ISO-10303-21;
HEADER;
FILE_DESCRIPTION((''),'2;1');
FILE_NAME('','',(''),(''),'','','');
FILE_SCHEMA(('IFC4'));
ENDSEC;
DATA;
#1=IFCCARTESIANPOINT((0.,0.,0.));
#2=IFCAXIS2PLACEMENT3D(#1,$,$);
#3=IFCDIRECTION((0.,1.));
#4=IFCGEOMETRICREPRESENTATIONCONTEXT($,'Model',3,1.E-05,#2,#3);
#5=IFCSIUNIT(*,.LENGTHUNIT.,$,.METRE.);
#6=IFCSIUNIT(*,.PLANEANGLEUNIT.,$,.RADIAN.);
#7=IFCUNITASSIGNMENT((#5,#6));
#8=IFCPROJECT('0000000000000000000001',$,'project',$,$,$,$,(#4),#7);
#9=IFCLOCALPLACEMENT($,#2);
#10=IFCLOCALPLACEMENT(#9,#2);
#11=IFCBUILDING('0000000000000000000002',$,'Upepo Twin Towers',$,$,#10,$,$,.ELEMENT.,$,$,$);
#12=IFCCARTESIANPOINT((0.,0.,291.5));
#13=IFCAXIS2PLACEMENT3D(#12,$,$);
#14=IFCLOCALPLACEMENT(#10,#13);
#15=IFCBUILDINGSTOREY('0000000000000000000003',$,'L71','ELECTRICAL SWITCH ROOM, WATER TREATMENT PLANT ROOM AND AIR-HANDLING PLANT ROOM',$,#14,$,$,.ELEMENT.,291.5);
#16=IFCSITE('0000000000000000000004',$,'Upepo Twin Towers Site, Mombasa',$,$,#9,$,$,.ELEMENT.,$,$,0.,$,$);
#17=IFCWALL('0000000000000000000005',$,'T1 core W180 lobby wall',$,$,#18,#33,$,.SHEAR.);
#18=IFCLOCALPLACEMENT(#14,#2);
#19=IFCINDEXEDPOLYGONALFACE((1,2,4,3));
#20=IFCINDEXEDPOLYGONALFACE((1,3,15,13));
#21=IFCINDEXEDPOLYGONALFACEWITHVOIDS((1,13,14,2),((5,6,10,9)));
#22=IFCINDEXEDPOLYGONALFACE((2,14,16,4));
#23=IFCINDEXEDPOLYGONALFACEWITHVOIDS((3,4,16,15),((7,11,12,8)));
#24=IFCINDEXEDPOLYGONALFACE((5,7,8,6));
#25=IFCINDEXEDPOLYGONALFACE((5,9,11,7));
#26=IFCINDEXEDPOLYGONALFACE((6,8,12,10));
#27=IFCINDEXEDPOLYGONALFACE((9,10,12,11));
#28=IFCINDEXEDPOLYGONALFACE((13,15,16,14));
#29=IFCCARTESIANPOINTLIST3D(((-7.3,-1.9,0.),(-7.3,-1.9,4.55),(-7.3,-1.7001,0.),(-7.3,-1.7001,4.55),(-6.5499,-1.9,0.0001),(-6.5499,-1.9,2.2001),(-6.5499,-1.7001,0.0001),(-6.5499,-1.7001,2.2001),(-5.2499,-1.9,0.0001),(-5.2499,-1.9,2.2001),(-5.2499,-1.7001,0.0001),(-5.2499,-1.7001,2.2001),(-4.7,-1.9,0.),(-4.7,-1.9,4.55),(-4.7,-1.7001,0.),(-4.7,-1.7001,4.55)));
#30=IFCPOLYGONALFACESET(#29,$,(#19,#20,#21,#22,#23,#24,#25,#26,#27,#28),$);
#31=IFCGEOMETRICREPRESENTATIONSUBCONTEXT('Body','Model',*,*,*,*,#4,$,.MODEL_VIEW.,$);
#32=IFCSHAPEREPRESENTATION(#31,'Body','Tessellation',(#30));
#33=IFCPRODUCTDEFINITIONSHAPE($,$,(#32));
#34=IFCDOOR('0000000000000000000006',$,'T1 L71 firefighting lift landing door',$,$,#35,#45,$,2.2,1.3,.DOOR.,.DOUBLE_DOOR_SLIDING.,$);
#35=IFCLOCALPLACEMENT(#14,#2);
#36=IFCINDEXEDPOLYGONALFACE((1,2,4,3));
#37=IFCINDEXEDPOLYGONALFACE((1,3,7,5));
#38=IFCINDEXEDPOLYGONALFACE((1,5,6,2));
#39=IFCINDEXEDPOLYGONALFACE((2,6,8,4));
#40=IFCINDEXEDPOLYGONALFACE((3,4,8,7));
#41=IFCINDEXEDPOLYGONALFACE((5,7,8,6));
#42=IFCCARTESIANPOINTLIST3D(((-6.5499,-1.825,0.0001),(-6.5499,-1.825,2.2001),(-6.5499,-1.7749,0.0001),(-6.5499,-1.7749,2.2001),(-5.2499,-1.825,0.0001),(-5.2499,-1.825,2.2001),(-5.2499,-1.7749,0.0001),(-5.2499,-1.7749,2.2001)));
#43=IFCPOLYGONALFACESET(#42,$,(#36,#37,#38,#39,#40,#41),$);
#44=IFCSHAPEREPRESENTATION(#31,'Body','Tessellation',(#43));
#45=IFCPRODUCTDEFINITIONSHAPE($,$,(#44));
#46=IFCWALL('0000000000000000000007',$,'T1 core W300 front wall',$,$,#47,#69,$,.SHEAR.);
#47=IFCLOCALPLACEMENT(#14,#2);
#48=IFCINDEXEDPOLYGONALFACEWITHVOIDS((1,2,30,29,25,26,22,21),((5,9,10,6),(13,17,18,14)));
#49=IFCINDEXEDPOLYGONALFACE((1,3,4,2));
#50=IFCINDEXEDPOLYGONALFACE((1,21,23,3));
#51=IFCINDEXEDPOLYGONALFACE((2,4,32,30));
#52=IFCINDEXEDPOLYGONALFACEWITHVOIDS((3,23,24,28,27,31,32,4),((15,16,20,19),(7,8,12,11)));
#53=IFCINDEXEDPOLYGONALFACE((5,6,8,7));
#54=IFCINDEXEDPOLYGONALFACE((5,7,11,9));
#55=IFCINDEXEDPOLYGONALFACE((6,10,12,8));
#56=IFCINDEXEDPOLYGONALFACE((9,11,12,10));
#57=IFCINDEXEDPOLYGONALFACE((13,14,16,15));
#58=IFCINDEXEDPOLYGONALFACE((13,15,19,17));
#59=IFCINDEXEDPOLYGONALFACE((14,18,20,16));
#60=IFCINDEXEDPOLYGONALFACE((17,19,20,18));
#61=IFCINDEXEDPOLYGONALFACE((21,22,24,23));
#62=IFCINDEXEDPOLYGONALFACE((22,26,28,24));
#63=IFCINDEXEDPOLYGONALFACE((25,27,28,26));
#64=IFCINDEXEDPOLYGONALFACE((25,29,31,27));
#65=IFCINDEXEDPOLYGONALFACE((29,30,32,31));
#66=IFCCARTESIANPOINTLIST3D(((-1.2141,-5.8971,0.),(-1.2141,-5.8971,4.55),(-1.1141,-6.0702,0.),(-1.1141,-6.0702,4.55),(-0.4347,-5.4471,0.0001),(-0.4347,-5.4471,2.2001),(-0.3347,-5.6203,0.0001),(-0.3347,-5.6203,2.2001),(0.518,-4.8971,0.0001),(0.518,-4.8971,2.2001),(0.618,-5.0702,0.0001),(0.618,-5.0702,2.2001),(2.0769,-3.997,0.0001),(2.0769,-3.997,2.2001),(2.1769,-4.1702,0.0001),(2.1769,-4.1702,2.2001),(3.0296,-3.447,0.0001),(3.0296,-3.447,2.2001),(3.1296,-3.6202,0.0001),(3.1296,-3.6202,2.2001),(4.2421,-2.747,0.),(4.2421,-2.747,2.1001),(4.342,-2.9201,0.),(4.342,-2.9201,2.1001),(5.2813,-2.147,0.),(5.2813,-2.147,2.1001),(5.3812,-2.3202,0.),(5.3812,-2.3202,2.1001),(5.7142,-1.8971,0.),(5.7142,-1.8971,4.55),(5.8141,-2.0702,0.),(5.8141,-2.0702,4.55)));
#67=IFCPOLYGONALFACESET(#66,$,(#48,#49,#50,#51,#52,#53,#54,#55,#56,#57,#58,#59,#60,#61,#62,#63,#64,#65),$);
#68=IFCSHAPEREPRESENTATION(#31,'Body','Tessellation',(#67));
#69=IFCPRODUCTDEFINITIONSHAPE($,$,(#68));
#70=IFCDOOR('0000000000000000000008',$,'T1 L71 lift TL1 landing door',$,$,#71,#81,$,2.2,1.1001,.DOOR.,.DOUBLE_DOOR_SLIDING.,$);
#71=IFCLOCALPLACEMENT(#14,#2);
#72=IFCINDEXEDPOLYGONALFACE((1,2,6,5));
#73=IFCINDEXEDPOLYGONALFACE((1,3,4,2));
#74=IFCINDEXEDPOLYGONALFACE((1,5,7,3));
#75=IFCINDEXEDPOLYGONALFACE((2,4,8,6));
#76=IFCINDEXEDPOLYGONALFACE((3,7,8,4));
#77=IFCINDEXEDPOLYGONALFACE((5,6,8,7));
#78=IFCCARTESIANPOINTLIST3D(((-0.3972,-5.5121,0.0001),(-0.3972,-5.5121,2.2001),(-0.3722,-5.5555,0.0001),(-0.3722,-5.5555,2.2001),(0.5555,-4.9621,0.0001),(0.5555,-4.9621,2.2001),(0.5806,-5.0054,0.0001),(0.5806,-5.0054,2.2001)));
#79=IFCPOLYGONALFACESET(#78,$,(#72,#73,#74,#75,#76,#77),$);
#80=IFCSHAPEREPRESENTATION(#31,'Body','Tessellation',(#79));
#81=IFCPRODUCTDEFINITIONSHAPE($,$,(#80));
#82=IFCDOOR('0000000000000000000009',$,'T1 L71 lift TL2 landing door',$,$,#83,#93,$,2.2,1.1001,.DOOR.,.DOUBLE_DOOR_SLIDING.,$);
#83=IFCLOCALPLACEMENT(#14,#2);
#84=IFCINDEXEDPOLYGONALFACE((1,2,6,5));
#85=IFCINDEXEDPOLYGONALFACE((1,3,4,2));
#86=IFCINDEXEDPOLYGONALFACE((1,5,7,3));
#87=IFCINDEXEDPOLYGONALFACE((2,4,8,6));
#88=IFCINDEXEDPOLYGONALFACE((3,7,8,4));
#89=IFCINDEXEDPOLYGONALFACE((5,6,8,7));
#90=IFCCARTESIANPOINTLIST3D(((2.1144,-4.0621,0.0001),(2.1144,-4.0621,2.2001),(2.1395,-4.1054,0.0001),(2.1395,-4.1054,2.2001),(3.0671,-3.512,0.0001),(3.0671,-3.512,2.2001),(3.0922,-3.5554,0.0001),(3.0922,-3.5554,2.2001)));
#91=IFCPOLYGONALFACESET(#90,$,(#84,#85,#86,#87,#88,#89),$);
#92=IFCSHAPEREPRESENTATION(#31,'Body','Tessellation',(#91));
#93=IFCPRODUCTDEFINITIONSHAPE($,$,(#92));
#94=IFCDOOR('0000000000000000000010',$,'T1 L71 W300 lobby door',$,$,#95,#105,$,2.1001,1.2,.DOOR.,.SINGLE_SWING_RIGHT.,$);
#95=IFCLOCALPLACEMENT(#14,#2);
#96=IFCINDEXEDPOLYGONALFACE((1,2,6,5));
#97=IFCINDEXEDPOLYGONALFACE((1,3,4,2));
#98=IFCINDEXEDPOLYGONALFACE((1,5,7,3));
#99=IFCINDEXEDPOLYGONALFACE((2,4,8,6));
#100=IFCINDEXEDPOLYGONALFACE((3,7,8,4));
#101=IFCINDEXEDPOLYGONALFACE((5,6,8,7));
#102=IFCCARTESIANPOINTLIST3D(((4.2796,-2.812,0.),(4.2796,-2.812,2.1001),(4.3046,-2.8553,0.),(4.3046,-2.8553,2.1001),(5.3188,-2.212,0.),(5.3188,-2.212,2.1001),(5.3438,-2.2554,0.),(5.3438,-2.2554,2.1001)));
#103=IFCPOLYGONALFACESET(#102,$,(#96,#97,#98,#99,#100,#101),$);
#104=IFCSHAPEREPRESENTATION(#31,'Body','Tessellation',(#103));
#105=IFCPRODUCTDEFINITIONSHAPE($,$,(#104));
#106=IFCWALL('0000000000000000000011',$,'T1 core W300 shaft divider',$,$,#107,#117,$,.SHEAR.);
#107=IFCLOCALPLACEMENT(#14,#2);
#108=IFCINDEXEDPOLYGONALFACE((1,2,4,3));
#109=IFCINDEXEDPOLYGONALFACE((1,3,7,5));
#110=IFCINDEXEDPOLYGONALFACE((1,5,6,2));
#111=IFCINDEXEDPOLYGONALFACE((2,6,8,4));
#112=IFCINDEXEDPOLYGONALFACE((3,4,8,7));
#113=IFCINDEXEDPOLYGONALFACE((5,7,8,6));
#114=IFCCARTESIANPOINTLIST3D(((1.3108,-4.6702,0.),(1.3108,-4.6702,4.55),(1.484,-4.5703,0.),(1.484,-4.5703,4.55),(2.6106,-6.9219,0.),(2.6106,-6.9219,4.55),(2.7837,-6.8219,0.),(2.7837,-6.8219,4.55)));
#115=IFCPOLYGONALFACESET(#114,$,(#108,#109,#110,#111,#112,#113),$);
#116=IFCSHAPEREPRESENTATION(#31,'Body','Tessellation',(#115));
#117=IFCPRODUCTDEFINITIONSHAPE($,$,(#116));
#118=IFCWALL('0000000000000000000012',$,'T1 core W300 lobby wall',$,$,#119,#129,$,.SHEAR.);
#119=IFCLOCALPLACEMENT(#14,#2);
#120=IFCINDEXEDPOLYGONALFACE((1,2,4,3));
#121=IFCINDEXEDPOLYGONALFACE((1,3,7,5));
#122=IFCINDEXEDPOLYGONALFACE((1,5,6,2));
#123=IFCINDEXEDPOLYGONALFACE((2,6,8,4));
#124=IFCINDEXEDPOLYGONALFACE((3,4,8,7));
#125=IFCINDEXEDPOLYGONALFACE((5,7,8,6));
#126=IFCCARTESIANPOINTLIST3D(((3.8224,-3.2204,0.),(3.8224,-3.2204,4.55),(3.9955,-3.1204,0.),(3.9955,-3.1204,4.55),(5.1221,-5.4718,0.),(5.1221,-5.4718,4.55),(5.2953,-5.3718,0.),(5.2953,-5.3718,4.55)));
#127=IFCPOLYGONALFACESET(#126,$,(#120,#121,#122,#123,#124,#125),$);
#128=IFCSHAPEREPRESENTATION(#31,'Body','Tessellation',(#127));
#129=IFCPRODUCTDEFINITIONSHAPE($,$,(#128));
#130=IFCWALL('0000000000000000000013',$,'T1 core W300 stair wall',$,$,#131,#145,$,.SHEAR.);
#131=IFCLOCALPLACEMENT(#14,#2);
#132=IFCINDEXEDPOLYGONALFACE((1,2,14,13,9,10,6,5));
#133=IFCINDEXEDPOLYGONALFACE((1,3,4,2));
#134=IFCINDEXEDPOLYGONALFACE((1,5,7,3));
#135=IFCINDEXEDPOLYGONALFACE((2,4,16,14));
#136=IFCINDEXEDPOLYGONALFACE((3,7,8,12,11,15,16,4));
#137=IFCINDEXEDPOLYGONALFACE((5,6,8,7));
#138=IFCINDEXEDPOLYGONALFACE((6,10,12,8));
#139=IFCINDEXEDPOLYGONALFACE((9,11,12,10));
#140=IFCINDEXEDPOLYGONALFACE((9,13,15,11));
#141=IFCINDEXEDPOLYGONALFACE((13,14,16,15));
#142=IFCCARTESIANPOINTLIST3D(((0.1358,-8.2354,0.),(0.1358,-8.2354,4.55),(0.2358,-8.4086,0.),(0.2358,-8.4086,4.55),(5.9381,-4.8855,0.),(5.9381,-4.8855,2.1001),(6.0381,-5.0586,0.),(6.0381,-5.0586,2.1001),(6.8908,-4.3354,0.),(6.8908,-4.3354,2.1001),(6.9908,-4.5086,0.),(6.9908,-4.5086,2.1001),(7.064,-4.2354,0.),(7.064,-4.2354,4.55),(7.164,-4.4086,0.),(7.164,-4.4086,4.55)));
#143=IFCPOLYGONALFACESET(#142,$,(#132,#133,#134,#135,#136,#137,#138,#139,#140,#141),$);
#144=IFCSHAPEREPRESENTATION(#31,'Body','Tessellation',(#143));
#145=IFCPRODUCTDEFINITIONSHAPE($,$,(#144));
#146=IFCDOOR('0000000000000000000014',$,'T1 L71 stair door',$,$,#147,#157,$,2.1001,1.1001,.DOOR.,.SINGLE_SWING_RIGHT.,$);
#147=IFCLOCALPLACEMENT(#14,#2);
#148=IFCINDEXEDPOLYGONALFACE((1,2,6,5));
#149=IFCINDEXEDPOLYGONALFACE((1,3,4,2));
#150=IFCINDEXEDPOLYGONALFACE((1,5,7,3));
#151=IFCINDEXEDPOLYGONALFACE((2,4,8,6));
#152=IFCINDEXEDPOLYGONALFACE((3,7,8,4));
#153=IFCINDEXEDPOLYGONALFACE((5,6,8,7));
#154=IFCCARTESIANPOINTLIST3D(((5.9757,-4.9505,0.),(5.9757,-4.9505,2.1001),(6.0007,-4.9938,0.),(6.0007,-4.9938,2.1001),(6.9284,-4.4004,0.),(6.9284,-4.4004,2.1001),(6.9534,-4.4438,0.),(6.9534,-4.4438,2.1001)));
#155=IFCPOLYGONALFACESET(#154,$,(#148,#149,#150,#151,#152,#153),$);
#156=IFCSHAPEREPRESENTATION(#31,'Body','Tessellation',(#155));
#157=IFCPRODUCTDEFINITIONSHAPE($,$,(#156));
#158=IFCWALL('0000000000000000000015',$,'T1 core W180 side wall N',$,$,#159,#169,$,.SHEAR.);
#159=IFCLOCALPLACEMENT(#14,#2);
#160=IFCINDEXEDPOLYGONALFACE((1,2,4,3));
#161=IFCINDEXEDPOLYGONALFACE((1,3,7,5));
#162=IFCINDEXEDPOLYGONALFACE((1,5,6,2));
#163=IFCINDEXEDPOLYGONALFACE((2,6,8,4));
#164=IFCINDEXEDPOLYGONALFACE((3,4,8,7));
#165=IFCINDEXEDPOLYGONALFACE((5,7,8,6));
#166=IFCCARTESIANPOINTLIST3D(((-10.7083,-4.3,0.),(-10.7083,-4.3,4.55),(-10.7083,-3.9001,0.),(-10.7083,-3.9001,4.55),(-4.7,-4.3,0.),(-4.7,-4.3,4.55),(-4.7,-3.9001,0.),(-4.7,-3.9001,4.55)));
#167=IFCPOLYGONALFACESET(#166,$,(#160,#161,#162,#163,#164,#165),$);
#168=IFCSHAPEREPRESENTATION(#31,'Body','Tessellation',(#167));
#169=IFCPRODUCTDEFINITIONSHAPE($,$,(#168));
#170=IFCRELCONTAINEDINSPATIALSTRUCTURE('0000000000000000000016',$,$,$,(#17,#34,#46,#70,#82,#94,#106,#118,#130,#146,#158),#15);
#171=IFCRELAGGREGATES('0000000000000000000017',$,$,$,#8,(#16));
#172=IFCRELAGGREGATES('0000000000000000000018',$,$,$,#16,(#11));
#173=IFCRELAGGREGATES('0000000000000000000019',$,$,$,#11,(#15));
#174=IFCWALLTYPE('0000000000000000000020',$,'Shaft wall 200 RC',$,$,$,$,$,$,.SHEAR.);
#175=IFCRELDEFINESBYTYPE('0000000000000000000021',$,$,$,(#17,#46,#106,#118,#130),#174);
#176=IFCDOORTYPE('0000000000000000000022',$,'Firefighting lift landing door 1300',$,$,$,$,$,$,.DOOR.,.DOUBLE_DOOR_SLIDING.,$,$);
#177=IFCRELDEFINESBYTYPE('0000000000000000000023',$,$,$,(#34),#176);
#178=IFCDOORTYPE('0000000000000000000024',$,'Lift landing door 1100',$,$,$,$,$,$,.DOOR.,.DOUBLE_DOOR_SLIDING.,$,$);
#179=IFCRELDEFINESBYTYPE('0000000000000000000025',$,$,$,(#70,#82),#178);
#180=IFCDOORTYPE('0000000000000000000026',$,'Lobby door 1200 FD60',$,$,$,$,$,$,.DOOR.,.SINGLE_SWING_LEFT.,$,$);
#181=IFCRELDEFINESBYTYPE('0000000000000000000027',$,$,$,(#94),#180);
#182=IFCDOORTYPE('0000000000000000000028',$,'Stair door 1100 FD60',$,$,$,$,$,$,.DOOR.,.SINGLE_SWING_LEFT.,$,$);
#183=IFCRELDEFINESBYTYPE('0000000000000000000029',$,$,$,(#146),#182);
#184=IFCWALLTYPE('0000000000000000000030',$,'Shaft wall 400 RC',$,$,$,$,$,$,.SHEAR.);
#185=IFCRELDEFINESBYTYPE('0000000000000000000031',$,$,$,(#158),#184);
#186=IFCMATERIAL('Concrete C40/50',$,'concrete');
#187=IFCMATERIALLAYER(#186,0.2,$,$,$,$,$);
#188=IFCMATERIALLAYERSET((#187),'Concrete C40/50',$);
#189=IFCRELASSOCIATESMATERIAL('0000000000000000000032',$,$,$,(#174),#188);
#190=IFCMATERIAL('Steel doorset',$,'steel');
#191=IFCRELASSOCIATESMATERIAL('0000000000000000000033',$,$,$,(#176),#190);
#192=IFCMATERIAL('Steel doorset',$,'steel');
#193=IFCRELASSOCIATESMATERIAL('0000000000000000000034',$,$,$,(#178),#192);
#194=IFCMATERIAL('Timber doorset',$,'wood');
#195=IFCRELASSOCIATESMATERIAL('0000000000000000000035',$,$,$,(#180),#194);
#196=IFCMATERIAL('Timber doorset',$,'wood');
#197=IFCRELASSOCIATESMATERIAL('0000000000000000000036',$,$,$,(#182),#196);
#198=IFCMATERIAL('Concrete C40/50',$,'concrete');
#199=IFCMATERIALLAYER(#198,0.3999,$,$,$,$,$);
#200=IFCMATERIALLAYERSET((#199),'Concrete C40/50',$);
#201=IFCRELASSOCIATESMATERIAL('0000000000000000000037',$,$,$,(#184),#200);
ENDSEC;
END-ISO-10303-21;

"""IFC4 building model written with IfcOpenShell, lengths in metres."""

from ifc_helpers import new_model, si_unit, direction, frame, frame_2d, origin, place, context, subcontext, project, spatial, rectangle, extrude, material, layer, layer_set, type_object, element, fill, save


model = new_model("IFC4")

# Units and contexts
model_context = context("Model", 3, precision=1e-05, world=origin(), true_north=direction((0.0, 1.0)))
body_context = subcontext(model_context, "Body", "Model", "MODEL_VIEW")
ifc_project = project(units=[si_unit("LENGTHUNIT", "METRE"), si_unit("PLANEANGLEUNIT", "RADIAN")], contexts=[model_context])

# Site, building, storey
site_placement = place(None, origin())
site = spatial("IfcSite", under=ifc_project, at=site_placement, Name="Upepo Twin Towers Site, Mombasa", CompositionType="ELEMENT", RefElevation=0.0)
building_placement = place(site_placement, origin())
building = spatial("IfcBuilding", under=site, at=building_placement, Name="Upepo Twin Towers", CompositionType="ELEMENT")
storey_placement = place(building_placement, frame((0.0, 0.0, 291.5)))
storey = spatial("IfcBuildingStorey", under=building, at=storey_placement, Name="L71", Description="ELECTRICAL SWITCH ROOM, WATER TREATMENT PLANT ROOM AND AIR-HANDLING PLANT ROOM", CompositionType="ELEMENT", Elevation=291.5)

# Wall, opening, door
ifc_material_1 = material(Name="Concrete C40/50", Category="concrete")
ifc_layer_1 = layer(ifc_material_1, 0.2)
ifc_layer_set_1 = layer_set([ifc_layer_1], Name="Concrete C40/50")
wall_type_1 = type_object("IfcWallType", Name="Shaft wall 200 RC", PredefinedType="SHEAR", material=ifc_layer_set_1)
wall_1_placement = place(storey_placement, frame((-4.7, -1.8, 0.0), z_axis=(0.0, 0.0, 1.0), x_axis=(-1.0, 0.0, 0.0)))
wall_1 = element("IfcWall", 1, at=wall_1_placement, inside=storey, type_object=wall_type_1, Name="T1 core W180 lobby wall", PredefinedType="SHEAR", context=body_context, shape_type="SweptSolid", body=[
    extrude(rectangle(XDim=2.6001, YDim=0.2, at=frame_2d((1.3, 0.0))), origin(), (0.0, 0.0, 1.0), 4.55),
])
opening_1_placement = place(wall_1_placement, frame((0.55, 0.0, 0.0)))
opening_1 = element("IfcOpeningElement", 2, at=opening_1_placement, cuts=wall_1, PredefinedType="OPENING", context=body_context, shape_type="SweptSolid", body=[
    extrude(rectangle(XDim=1.3, YDim=2.2, at=frame_2d((0.6499, 1.1001))), frame((0.0, 0.1099, 0.0), z_axis=(0.0, -1.0, 0.0), x_axis=(1.0, 0.0, 0.0)), (0.0, 0.0, 1.0), 0.22),
])
ifc_material_2 = material(Name="Steel doorset", Category="steel")
door_type_1 = type_object("IfcDoorType", Name="Firefighting lift landing door 1300", OperationType="DOUBLE_DOOR_SLIDING", PredefinedType="DOOR", material=ifc_material_2)
door_1_placement = place(opening_1_placement, origin())
door_1 = element("IfcDoor", 3, at=door_1_placement, inside=storey, type_object=door_type_1, Name="T1 L71 firefighting lift landing door", OperationType="DOUBLE_DOOR_SLIDING", OverallHeight=2.2, OverallWidth=1.3, PredefinedType="DOOR", context=body_context, shape_type="SweptSolid", body=[
    extrude(rectangle(XDim=1.3, YDim=2.2, at=frame_2d((0.6499, 1.1001))), frame((0.0, 0.0249, 0.0), z_axis=(0.0, -1.0, 0.0), x_axis=(1.0, 0.0, 0.0)), (0.0, 0.0, 1.0), 0.05),
])
fill(opening_1, door_1)

# Wall, openings, doors
wall_2_placement = place(storey_placement, frame((-1.1641, -5.9836, 0.0), z_axis=(0.0, 0.0, 1.0), x_axis=(0.866026, 0.499999, 0.0)))
wall_2 = element("IfcWall", 4, at=wall_2_placement, inside=storey, type_object=wall_type_1, Name="T1 core W300 front wall", PredefinedType="SHEAR", context=body_context, shape_type="SweptSolid", body=[
    extrude(rectangle(XDim=8.0, YDim=0.2, at=frame_2d((4.0, 0.0))), origin(), (0.0, 0.0, 1.0), 4.55),
])
opening_2_placement = place(wall_2_placement, frame((6.3, 0.0, 0.0)))
opening_2 = element("IfcOpeningElement", 5, at=opening_2_placement, cuts=wall_2, PredefinedType="OPENING", context=body_context, shape_type="SweptSolid", body=[
    extrude(rectangle(XDim=1.2, YDim=2.1001, at=frame_2d((0.6001, 1.05))), frame((0.0, 0.1099, 0.0), z_axis=(0.0, -1.0, 0.0), x_axis=(1.0, 0.0, 0.0)), (0.0, 0.0, 1.0), 0.22),
])
opening_3_placement = place(wall_2_placement, frame((0.8999, 0.0, 0.0)))
opening_3 = element("IfcOpeningElement", 6, at=opening_3_placement, cuts=wall_2, PredefinedType="OPENING", context=body_context, shape_type="SweptSolid", body=[
    extrude(rectangle(XDim=1.1001, YDim=2.2, at=frame_2d((0.55, 1.1001))), frame((0.0, 0.1099, 0.0), z_axis=(0.0, -1.0, 0.0), x_axis=(1.0, 0.0, 0.0)), (0.0, 0.0, 1.0), 0.22),
])
opening_4_placement = place(wall_2_placement, frame((3.8, 0.0, 0.0)))
opening_4 = element("IfcOpeningElement", 7, at=opening_4_placement, cuts=wall_2, PredefinedType="OPENING", context=body_context, shape_type="SweptSolid", body=[
    extrude(rectangle(XDim=1.1001, YDim=2.2, at=frame_2d((0.55, 1.1001))), frame((0.0, 0.1099, 0.0), z_axis=(0.0, -1.0, 0.0), x_axis=(1.0, 0.0, 0.0)), (0.0, 0.0, 1.0), 0.22),
])
ifc_material_3 = material(Name="Steel doorset", Category="steel")
door_type_2 = type_object("IfcDoorType", Name="Lift landing door 1100", OperationType="DOUBLE_DOOR_SLIDING", PredefinedType="DOOR", material=ifc_material_3)
door_2_placement = place(opening_3_placement, origin())
door_2 = element("IfcDoor", 8, at=door_2_placement, inside=storey, type_object=door_type_2, Name="T1 L71 lift TL1 landing door", OperationType="DOUBLE_DOOR_SLIDING", OverallHeight=2.2, OverallWidth=1.1001, PredefinedType="DOOR", context=body_context, shape_type="SweptSolid", body=[
    extrude(rectangle(XDim=1.1001, YDim=2.2, at=frame_2d((0.55, 1.1001))), frame((0.0, 0.0249, 0.0), z_axis=(0.0, -1.0, 0.0), x_axis=(1.0, 0.0, 0.0)), (0.0, 0.0, 1.0), 0.05),
])
fill(opening_3, door_2)
door_3_placement = place(opening_4_placement, origin())
door_3 = element("IfcDoor", 9, at=door_3_placement, inside=storey, type_object=door_type_2, Name="T1 L71 lift TL2 landing door", OperationType="DOUBLE_DOOR_SLIDING", OverallHeight=2.2, OverallWidth=1.1001, PredefinedType="DOOR", context=body_context, shape_type="SweptSolid", body=[
    extrude(rectangle(XDim=1.1001, YDim=2.2, at=frame_2d((0.55, 1.1001))), frame((0.0, 0.0249, 0.0), z_axis=(0.0, -1.0, 0.0), x_axis=(1.0, 0.0, 0.0)), (0.0, 0.0, 1.0), 0.05),
])
fill(opening_4, door_3)
ifc_material_4 = material(Name="Timber doorset", Category="wood")
door_type_3 = type_object("IfcDoorType", Name="Lobby door 1200 FD60", OperationType="SINGLE_SWING_LEFT", PredefinedType="DOOR", material=ifc_material_4)
door_4_placement = place(opening_2_placement, origin())
door_4 = element("IfcDoor", 10, at=door_4_placement, inside=storey, type_object=door_type_3, Name="T1 L71 W300 lobby door", OperationType="SINGLE_SWING_RIGHT", OverallHeight=2.1001, OverallWidth=1.2, PredefinedType="DOOR", context=body_context, shape_type="SweptSolid", body=[
    extrude(rectangle(XDim=1.2, YDim=2.1001, at=frame_2d((0.6001, 1.05))), frame((0.0, 0.0249, 0.0), z_axis=(0.0, -1.0, 0.0), x_axis=(1.0, 0.0, 0.0)), (0.0, 0.0, 1.0), 0.05),
])
fill(opening_2, door_4)

# Walls
wall_3_placement = place(storey_placement, frame((1.3975, -4.6204, 0.0), z_axis=(0.0, 0.0, 1.0), x_axis=(0.499937, -0.866062, 0.0)))
element("IfcWall", 11, at=wall_3_placement, inside=storey, type_object=wall_type_1, Name="T1 core W300 shaft divider", PredefinedType="SHEAR", context=body_context, shape_type="SweptSolid", body=[
    extrude(rectangle(XDim=2.5999, YDim=0.2, at=frame_2d((1.2998, 0.0))), origin(), (0.0, 0.0, 1.0), 4.55),
])
wall_4_placement = place(storey_placement, frame((3.9089, -3.1704, 0.0), z_axis=(0.0, 0.0, 1.0), x_axis=(0.499977, -0.866039, 0.0)))
element("IfcWall", 12, at=wall_4_placement, inside=storey, type_object=wall_type_1, Name="T1 core W300 lobby wall", PredefinedType="SHEAR", context=body_context, shape_type="SweptSolid", body=[
    extrude(rectangle(XDim=2.5996, YDim=0.2, at=frame_2d((1.2998, 0.0))), origin(), (0.0, 0.0, 1.0), 4.55),
])

# Wall, opening, door
wall_5_placement = place(storey_placement, frame((0.1858, -8.322, 0.0), z_axis=(0.0, 0.0, 1.0), x_axis=(0.866026, 0.499999, 0.0)))
wall_5 = element("IfcWall", 13, at=wall_5_placement, inside=storey, type_object=wall_type_1, Name="T1 core W300 stair wall", PredefinedType="SHEAR", context=body_context, shape_type="SweptSolid", body=[
    extrude(rectangle(XDim=8.0, YDim=0.2, at=frame_2d((4.0, 0.0))), origin(), (0.0, 0.0, 1.0), 4.55),
])
opening_5_placement = place(wall_5_placement, frame((6.7, 0.0, 0.0)))
opening_5 = element("IfcOpeningElement", 14, at=opening_5_placement, cuts=wall_5, PredefinedType="OPENING", context=body_context, shape_type="SweptSolid", body=[
    extrude(rectangle(XDim=1.1001, YDim=2.1001, at=frame_2d((0.55, 1.05))), frame((0.0, 0.1099, 0.0), z_axis=(0.0, -1.0, 0.0), x_axis=(1.0, 0.0, 0.0)), (0.0, 0.0, 1.0), 0.22),
])
ifc_material_5 = material(Name="Timber doorset", Category="wood")
door_type_4 = type_object("IfcDoorType", Name="Stair door 1100 FD60", OperationType="SINGLE_SWING_LEFT", PredefinedType="DOOR", material=ifc_material_5)
door_5_placement = place(opening_5_placement, origin())
door_5 = element("IfcDoor", 15, at=door_5_placement, inside=storey, type_object=door_type_4, Name="T1 L71 stair door", OperationType="SINGLE_SWING_RIGHT", OverallHeight=2.1001, OverallWidth=1.1001, PredefinedType="DOOR", context=body_context, shape_type="SweptSolid", body=[
    extrude(rectangle(XDim=1.1001, YDim=2.1001, at=frame_2d((0.55, 1.05))), frame((0.0, 0.0249, 0.0), z_axis=(0.0, -1.0, 0.0), x_axis=(1.0, 0.0, 0.0)), (0.0, 0.0, 1.0), 0.05),
])
fill(opening_5, door_5)

# Wall
ifc_material_6 = material(Name="Concrete C40/50", Category="concrete")
ifc_layer_2 = layer(ifc_material_6, 0.3999)
ifc_layer_set_2 = layer_set([ifc_layer_2], Name="Concrete C40/50")
wall_type_2 = type_object("IfcWallType", Name="Shaft wall 400 RC", PredefinedType="SHEAR", material=ifc_layer_set_2)
for number, where, z_axis, x_axis, name in (
    (16, (-4.7, -4.1001, 0.0), (0.0, 0.0, 1.0), (-1.0, 0.0, 0.0), "T1 core W180 side wall N"),
):
    element("IfcWall", number, at=place(storey_placement, frame(where, z_axis=z_axis, x_axis=x_axis)), inside=storey, type_object=wall_type_2, Name=name, PredefinedType="SHEAR", context=body_context, shape_type="SweptSolid", body=[
        extrude(rectangle(XDim=6.0083, YDim=0.3999, at=frame_2d((3.0042, 0.0))), origin(), (0.0, 0.0, 1.0), 4.55),
    ])

save(model, "model.ifc")
